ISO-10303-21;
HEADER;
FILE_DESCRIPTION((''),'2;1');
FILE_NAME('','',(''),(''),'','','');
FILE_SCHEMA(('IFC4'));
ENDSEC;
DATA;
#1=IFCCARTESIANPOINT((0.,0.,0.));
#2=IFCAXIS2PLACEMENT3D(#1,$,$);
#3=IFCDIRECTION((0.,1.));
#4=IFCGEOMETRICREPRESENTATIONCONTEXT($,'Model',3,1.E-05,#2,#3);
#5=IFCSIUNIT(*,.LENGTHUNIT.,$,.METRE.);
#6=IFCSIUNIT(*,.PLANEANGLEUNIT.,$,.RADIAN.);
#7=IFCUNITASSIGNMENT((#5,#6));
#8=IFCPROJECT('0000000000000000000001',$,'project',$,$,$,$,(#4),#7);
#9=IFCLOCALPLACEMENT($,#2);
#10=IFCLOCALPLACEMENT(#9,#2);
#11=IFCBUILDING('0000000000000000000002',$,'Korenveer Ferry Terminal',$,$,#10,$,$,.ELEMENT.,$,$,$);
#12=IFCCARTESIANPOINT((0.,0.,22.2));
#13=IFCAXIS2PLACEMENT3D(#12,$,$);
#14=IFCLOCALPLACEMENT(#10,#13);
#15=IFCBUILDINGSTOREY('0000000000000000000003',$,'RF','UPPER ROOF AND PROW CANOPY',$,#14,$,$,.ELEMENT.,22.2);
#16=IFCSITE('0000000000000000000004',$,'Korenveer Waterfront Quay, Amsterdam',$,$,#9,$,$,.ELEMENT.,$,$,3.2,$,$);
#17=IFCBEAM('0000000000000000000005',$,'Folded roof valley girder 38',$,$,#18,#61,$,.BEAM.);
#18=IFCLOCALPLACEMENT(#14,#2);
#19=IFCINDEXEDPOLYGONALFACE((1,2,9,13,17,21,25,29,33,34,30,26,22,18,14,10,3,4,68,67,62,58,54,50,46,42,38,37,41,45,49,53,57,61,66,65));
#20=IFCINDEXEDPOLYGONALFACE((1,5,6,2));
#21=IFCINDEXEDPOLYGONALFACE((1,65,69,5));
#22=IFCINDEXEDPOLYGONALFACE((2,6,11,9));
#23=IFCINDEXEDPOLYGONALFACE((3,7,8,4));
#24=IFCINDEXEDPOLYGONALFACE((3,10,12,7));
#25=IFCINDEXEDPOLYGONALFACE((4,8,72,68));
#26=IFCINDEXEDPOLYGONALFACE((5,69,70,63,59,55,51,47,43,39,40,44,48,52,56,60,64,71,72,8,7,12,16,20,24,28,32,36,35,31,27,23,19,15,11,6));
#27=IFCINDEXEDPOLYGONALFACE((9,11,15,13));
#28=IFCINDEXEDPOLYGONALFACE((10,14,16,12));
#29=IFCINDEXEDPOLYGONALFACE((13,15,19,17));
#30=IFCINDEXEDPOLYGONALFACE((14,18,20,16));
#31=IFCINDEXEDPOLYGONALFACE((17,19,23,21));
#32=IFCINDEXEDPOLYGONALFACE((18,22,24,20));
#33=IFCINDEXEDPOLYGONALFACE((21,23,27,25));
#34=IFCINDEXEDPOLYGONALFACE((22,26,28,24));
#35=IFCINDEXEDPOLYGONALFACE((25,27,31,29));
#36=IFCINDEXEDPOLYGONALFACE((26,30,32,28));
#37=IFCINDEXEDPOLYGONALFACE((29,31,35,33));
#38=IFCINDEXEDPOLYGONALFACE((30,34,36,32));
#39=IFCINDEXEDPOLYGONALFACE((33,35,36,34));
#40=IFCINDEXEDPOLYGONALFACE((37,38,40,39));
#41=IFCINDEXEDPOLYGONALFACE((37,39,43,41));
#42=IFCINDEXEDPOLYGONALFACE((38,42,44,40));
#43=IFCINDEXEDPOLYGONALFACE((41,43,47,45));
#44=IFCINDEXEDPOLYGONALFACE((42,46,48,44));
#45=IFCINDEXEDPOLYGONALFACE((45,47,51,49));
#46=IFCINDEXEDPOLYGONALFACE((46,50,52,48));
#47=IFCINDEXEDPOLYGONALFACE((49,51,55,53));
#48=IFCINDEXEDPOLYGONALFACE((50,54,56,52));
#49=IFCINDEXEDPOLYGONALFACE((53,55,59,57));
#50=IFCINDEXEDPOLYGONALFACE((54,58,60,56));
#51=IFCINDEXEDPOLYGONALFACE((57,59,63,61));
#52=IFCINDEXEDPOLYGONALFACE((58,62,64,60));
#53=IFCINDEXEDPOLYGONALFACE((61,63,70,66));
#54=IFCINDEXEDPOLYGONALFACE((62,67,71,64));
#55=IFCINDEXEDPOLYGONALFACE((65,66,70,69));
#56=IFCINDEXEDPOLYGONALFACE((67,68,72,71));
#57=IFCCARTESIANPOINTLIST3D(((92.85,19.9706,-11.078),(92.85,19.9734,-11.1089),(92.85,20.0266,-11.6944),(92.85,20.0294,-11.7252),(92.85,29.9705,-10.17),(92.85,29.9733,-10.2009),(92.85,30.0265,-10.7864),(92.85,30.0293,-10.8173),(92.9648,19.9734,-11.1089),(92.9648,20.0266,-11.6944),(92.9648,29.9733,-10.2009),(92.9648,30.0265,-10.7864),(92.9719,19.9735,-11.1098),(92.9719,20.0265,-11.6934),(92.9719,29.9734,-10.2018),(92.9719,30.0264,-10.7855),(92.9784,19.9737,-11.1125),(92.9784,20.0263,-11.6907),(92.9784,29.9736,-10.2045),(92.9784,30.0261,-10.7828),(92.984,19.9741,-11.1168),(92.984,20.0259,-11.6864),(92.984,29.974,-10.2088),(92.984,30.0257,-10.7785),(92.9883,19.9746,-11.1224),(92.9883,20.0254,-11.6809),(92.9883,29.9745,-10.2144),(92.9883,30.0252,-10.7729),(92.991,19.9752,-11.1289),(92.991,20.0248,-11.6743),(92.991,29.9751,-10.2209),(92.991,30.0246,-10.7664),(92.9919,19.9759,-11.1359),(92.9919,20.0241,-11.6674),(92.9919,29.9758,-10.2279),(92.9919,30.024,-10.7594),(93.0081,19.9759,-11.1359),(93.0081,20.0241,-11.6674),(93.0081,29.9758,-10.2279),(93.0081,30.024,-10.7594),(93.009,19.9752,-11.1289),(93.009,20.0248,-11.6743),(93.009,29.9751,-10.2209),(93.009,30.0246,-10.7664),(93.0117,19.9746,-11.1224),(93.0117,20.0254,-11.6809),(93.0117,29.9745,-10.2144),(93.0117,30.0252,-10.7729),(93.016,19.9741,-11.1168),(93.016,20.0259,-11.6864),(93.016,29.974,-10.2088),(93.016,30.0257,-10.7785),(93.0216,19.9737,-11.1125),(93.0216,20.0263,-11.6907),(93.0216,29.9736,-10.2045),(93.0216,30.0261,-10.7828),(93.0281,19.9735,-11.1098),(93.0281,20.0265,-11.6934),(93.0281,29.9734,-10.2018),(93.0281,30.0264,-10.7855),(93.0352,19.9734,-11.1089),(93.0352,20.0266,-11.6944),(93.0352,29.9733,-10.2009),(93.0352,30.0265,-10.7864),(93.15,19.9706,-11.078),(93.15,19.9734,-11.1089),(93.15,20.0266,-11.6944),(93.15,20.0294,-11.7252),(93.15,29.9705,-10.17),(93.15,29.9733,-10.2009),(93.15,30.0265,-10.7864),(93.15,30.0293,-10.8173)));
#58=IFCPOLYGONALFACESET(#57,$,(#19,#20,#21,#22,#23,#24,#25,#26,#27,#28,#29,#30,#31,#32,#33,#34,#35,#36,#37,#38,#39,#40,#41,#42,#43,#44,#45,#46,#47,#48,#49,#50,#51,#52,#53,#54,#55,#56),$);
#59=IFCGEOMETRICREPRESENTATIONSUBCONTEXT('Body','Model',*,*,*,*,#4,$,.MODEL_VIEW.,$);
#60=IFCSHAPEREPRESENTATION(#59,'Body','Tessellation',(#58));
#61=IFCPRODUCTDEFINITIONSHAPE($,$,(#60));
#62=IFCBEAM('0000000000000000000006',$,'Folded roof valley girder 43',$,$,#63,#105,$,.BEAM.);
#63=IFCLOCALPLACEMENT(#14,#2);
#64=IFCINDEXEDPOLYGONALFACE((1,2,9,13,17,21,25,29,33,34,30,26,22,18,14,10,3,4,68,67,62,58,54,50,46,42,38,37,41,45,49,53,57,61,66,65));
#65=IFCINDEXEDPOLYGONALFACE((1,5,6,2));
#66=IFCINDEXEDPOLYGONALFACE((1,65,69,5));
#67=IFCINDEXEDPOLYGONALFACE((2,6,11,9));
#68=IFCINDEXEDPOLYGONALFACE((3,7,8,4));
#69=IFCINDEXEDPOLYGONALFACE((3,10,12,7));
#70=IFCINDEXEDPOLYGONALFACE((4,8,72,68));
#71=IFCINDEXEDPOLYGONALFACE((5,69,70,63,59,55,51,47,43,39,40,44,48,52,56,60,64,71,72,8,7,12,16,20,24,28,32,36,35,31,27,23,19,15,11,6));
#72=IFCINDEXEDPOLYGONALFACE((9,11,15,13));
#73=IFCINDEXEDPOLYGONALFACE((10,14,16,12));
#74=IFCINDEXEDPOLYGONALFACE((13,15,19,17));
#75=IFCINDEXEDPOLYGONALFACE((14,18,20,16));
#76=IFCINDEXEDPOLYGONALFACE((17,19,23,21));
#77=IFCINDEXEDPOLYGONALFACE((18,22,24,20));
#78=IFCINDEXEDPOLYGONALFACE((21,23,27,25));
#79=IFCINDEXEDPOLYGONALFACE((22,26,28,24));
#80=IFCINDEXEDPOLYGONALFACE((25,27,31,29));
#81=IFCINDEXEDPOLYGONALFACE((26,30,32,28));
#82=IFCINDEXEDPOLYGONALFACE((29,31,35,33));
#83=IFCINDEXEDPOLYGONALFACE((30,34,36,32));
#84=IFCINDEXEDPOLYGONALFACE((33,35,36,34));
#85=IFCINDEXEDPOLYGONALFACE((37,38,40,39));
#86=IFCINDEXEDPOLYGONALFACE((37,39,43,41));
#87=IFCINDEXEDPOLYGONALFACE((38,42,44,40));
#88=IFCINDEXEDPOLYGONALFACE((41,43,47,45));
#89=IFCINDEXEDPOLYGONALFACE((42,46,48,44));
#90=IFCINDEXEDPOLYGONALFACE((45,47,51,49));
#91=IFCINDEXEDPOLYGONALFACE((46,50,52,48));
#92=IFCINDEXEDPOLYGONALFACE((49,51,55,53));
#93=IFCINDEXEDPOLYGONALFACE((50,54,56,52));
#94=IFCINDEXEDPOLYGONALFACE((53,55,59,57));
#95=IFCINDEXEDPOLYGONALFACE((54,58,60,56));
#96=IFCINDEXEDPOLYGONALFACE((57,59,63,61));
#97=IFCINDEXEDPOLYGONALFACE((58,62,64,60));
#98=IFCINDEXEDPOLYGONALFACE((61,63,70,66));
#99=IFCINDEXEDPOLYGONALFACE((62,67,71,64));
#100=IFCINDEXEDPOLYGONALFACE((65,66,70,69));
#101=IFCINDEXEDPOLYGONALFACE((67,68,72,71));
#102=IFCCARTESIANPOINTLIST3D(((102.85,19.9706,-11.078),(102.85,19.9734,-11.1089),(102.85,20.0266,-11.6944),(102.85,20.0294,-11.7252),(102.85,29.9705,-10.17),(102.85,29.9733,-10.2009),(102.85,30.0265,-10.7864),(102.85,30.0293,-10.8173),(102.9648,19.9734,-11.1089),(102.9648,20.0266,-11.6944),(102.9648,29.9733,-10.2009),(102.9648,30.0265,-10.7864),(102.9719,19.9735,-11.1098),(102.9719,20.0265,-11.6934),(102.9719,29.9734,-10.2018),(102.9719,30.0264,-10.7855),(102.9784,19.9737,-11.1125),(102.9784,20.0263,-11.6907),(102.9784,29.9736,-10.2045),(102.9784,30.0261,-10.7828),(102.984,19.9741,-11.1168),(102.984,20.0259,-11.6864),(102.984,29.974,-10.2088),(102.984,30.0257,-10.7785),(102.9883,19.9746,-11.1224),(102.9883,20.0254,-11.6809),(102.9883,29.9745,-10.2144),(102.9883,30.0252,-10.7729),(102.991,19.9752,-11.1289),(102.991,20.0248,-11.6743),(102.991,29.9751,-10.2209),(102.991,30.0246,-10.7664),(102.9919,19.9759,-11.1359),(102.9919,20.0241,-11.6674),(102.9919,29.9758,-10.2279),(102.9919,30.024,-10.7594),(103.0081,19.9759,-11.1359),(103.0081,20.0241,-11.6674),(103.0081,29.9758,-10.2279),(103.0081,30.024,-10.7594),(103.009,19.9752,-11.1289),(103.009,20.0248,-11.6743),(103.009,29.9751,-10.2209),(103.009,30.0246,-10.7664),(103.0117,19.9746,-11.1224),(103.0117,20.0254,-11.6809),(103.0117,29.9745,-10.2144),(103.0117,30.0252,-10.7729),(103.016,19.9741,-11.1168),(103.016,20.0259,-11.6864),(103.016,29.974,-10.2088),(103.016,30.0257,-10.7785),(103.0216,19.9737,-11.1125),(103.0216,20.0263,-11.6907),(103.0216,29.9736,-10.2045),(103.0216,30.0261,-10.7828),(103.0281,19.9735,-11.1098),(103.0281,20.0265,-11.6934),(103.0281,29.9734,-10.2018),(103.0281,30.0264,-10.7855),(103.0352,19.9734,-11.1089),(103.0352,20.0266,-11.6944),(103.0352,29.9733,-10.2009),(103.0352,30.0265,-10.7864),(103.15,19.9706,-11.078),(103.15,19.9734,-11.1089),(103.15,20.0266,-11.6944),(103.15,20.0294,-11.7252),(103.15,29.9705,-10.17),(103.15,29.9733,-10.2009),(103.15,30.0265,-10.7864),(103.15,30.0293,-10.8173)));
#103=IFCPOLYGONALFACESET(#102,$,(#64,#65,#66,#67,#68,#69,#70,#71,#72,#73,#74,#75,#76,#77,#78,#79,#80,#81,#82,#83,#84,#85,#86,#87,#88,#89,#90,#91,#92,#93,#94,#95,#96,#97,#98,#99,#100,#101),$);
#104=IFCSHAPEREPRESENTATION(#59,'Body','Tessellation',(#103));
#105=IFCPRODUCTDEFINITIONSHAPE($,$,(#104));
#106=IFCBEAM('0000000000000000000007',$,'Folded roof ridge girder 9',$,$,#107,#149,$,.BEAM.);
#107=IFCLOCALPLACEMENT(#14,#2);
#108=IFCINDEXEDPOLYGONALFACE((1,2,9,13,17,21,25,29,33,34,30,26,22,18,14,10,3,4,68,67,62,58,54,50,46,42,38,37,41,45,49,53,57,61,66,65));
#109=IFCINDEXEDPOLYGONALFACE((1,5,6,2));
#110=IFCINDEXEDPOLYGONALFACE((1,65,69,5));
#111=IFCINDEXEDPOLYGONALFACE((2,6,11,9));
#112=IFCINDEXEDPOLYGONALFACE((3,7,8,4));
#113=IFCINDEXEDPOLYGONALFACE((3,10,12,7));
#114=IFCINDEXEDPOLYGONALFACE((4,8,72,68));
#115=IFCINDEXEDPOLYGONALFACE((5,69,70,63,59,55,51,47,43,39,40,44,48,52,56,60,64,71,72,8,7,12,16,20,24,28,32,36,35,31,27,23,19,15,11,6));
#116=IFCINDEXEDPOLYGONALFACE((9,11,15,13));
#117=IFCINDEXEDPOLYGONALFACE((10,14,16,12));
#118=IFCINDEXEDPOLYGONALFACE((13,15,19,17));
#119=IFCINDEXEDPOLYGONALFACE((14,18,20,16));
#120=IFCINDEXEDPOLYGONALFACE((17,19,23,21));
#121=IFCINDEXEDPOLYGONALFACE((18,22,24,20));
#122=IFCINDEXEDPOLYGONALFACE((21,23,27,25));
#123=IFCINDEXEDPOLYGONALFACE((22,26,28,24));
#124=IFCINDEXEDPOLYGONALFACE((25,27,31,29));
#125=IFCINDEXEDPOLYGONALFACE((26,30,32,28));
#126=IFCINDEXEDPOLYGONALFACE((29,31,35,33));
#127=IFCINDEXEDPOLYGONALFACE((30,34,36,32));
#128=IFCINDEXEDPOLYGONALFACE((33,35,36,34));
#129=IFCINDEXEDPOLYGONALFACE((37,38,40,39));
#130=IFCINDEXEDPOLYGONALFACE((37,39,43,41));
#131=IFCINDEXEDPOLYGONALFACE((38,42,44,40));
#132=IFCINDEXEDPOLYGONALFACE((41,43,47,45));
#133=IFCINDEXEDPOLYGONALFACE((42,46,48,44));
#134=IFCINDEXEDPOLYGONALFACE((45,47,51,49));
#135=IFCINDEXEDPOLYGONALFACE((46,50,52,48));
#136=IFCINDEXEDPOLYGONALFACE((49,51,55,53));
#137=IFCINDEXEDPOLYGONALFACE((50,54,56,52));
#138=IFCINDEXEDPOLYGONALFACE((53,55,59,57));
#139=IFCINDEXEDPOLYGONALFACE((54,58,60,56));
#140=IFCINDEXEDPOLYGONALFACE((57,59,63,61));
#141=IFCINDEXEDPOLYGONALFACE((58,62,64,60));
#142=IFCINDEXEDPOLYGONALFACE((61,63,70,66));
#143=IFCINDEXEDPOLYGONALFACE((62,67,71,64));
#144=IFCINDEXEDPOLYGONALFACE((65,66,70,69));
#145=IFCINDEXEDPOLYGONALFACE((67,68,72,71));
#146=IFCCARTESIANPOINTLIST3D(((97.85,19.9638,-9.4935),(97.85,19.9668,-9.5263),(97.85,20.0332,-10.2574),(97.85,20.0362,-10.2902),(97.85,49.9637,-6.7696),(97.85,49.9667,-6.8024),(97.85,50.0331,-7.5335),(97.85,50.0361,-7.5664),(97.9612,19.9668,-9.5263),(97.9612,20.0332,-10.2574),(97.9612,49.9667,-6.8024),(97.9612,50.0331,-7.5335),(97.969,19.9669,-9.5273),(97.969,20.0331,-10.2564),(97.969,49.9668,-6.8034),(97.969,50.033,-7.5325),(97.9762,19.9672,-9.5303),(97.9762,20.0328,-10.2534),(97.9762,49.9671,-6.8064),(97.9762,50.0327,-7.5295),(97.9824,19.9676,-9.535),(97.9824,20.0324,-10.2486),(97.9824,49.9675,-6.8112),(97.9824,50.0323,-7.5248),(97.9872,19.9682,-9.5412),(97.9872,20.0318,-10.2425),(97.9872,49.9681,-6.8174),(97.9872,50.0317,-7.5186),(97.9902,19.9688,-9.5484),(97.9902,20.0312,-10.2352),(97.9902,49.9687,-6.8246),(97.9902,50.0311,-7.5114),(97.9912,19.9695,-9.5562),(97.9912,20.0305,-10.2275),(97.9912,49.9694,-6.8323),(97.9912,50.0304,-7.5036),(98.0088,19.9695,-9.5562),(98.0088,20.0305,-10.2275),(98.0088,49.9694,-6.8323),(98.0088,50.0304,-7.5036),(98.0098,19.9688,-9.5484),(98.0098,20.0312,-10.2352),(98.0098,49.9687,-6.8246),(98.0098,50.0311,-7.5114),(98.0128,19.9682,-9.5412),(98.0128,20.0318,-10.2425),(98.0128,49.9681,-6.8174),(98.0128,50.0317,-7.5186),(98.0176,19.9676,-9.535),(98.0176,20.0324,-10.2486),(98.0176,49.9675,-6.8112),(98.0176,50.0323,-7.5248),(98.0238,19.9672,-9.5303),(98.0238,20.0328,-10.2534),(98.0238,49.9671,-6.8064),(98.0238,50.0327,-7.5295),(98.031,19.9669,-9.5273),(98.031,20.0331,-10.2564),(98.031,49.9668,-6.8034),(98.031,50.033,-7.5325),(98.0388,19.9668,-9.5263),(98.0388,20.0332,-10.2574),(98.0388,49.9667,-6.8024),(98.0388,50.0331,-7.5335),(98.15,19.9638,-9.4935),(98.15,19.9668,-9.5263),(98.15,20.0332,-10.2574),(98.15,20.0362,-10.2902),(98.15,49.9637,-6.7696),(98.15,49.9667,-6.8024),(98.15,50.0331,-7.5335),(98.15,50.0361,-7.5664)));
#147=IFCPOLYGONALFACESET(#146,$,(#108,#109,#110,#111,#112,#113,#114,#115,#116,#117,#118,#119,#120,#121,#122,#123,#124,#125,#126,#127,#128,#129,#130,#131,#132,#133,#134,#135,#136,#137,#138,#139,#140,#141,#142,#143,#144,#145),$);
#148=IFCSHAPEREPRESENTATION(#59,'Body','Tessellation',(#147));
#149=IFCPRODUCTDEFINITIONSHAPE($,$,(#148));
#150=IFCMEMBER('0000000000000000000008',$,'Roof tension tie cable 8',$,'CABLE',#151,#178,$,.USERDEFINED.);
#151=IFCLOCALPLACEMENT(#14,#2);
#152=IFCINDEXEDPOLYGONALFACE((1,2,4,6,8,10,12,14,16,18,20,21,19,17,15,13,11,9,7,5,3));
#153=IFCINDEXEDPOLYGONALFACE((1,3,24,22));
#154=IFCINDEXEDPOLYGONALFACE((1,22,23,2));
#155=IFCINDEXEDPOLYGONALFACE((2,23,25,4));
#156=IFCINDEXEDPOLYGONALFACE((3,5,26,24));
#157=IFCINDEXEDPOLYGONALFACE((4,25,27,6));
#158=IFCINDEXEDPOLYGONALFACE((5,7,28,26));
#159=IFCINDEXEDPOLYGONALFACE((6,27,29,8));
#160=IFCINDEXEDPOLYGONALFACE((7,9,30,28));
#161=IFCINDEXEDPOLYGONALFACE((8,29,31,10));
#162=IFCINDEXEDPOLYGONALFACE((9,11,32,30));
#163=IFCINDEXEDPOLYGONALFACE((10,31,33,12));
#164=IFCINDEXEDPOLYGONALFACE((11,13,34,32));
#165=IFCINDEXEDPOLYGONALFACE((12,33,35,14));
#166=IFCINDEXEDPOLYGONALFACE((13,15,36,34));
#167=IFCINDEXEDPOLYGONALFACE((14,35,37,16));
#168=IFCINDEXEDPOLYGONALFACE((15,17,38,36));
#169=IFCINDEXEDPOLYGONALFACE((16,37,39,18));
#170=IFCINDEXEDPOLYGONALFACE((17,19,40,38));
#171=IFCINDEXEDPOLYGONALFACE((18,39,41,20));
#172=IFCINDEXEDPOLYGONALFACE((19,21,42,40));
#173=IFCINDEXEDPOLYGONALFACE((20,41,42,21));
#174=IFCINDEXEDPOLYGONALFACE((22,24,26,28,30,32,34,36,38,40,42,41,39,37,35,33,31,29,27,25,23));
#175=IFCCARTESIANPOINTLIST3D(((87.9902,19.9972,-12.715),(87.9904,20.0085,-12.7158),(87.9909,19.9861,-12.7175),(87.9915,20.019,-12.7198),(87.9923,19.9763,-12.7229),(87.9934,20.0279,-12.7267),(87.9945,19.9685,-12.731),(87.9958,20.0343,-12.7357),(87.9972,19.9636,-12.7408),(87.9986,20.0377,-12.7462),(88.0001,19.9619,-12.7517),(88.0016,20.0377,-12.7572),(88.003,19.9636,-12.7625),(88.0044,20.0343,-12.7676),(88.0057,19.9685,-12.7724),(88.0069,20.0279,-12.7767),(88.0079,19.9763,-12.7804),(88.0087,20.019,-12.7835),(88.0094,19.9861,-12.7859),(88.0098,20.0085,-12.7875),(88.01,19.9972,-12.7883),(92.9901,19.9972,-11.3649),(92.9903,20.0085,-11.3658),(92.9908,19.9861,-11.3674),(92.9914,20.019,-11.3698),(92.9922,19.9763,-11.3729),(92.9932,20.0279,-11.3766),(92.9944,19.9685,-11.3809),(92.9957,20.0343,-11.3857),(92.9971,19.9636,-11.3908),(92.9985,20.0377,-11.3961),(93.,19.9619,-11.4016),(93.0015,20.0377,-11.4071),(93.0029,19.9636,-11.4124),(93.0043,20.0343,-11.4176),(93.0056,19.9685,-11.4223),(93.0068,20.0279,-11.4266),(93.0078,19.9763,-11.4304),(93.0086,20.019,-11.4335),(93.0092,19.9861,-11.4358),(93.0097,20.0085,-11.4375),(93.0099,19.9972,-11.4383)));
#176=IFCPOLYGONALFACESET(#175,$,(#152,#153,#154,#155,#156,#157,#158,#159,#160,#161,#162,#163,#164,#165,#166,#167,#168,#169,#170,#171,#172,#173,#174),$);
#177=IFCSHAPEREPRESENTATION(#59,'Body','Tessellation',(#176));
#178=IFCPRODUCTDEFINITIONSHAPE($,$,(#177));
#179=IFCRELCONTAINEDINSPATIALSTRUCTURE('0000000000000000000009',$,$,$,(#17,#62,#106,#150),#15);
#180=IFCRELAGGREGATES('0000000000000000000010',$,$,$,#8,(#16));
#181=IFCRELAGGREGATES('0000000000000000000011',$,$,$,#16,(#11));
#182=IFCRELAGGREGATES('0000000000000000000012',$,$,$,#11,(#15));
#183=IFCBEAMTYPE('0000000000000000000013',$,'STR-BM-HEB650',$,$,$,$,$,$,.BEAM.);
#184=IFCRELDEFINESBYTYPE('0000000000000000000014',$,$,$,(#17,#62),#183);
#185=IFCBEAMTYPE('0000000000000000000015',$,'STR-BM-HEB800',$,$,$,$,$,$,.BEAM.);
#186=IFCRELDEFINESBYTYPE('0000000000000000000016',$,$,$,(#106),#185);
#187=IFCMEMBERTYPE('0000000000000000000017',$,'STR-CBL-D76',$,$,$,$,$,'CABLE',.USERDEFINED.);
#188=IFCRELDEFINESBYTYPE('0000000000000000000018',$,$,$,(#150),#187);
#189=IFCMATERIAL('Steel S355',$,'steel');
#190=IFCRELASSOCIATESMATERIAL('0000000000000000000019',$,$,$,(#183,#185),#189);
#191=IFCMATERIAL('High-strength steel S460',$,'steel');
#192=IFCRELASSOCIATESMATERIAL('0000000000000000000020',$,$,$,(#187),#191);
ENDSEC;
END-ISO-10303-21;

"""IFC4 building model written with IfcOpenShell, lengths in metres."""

from ifc_helpers import new_model, si_unit, direction, frame, origin, origin_2d, place, context, subcontext, project, spatial, circle, i_section, extrude, material, material_profile, profile_set, type_object, element, save


model = new_model("IFC4")

# Units and contexts
model_context = context("Model", 3, precision=1e-05, world=origin(), true_north=direction((0.0, 1.0)))
body_context = subcontext(model_context, "Body", "Model", "MODEL_VIEW")
ifc_project = project(units=[si_unit("LENGTHUNIT", "METRE"), si_unit("PLANEANGLEUNIT", "RADIAN")], contexts=[model_context])

# Site, building, storey
site_placement = place(None, origin())
site = spatial("IfcSite", under=ifc_project, at=site_placement, Name="Korenveer Waterfront Quay, Amsterdam", CompositionType="ELEMENT", RefElevation=3.2)
building_placement = place(site_placement, origin())
building = spatial("IfcBuilding", under=site, at=building_placement, Name="Korenveer Ferry Terminal", CompositionType="ELEMENT")
storey_placement = place(building_placement, frame((0.0, 0.0, 22.2)))
storey = spatial("IfcBuildingStorey", under=building, at=storey_placement, Name="RF", Description="UPPER ROOF AND PROW CANOPY", CompositionType="ELEMENT", Elevation=22.2)

# Beams
ifc_material_1 = material(Name="Steel S355", Category="steel")
ifc_material_profile_1 = material_profile(ifc_material_1, i_section(OverallWidth=0.3, OverallDepth=0.6499, WebThickness=0.0161, FlangeThickness=0.031, FilletRadius=0.0271, at=origin_2d()), Name="HEB 650")
ifc_profile_set_1 = profile_set([ifc_material_profile_1], Name="Steel S355")
beam_type_1 = type_object("IfcBeamType", Name="STR-BM-HEB650", PredefinedType="BEAM", material=ifc_profile_set_1)
for number, where, z_axis, x_axis, name in (
    (1, (93.0, 20.0, -11.4016), (0.0, 0.995903, 0.090424), (-1.0, 0.0, 0.0), "Folded roof valley girder 38"),
    (2, (103.0, 20.0, -11.4016), (0.0, 0.995903, 0.090424), (-1.0, 0.0, 0.0), "Folded roof valley girder 43"),
):
    element("IfcBeam", number, at=place(storey_placement, frame(where, z_axis=z_axis, x_axis=x_axis)), inside=storey, type_object=beam_type_1, Name=name, PredefinedType="BEAM", context=body_context, shape_type="SweptSolid", body=[
        extrude(i_section(OverallWidth=0.3, OverallDepth=0.6499, WebThickness=0.0161, FlangeThickness=0.031, FilletRadius=0.0271, at=origin_2d()), origin(), (0.0, 0.0, 1.0), 10.041),
    ])
ifc_material_profile_2 = material_profile(ifc_material_1, i_section(OverallWidth=0.3, OverallDepth=0.8, WebThickness=0.0176, FlangeThickness=0.033, FilletRadius=0.03, at=origin_2d()), Name="HEB 800")
ifc_profile_set_2 = profile_set([ifc_material_profile_2], Name="Steel S355")
beam_type_2 = type_object("IfcBeamType", Name="STR-BM-HEB800", PredefinedType="BEAM", material=ifc_profile_set_2)
beam_1_placement = place(storey_placement, frame((98.0, 20.0, -9.8918), z_axis=(0.0, 0.995903, 0.090424), x_axis=(-1.0, 0.0, 0.0)))
element("IfcBeam", 3, at=beam_1_placement, inside=storey, type_object=beam_type_2, Name="Folded roof ridge girder 9", PredefinedType="BEAM", context=body_context, shape_type="SweptSolid", body=[
    extrude(i_section(OverallWidth=0.3, OverallDepth=0.8, WebThickness=0.0176, FlangeThickness=0.033, FilletRadius=0.03, at=origin_2d()), origin(), (0.0, 0.0, 1.0), 30.1233),
])

# Member
ifc_material_2 = material(Name="High-strength steel S460", Category="steel")
ifc_material_profile_3 = material_profile(ifc_material_2, circle(Radius=0.0381, at=origin_2d()), Name="ROD D76")
ifc_profile_set_3 = profile_set([ifc_material_profile_3], Name="High-strength steel S460")
member_type_1 = type_object("IfcMemberType", Name="STR-CBL-D76", ElementType="CABLE", PredefinedType="USERDEFINED", material=ifc_profile_set_3)
for number, where, z_axis, x_axis, name in (
    (4, (93.0, 20.0, -11.4016), (-0.965424, 0.0, -0.260683), (0.0, -1.0, 0.0), "Roof tension tie cable 8"),
):
    element("IfcMember", number, at=place(storey_placement, frame(where, z_axis=z_axis, x_axis=x_axis)), inside=storey, type_object=member_type_1, Name=name, ObjectType="CABLE", PredefinedType="USERDEFINED", context=body_context, shape_type="SweptSolid", body=[
        extrude(circle(Radius=0.0381, at=origin_2d()), origin(), (0.0, 0.0, 1.0), 5.179),
    ])

save(model, "model.ifc")
